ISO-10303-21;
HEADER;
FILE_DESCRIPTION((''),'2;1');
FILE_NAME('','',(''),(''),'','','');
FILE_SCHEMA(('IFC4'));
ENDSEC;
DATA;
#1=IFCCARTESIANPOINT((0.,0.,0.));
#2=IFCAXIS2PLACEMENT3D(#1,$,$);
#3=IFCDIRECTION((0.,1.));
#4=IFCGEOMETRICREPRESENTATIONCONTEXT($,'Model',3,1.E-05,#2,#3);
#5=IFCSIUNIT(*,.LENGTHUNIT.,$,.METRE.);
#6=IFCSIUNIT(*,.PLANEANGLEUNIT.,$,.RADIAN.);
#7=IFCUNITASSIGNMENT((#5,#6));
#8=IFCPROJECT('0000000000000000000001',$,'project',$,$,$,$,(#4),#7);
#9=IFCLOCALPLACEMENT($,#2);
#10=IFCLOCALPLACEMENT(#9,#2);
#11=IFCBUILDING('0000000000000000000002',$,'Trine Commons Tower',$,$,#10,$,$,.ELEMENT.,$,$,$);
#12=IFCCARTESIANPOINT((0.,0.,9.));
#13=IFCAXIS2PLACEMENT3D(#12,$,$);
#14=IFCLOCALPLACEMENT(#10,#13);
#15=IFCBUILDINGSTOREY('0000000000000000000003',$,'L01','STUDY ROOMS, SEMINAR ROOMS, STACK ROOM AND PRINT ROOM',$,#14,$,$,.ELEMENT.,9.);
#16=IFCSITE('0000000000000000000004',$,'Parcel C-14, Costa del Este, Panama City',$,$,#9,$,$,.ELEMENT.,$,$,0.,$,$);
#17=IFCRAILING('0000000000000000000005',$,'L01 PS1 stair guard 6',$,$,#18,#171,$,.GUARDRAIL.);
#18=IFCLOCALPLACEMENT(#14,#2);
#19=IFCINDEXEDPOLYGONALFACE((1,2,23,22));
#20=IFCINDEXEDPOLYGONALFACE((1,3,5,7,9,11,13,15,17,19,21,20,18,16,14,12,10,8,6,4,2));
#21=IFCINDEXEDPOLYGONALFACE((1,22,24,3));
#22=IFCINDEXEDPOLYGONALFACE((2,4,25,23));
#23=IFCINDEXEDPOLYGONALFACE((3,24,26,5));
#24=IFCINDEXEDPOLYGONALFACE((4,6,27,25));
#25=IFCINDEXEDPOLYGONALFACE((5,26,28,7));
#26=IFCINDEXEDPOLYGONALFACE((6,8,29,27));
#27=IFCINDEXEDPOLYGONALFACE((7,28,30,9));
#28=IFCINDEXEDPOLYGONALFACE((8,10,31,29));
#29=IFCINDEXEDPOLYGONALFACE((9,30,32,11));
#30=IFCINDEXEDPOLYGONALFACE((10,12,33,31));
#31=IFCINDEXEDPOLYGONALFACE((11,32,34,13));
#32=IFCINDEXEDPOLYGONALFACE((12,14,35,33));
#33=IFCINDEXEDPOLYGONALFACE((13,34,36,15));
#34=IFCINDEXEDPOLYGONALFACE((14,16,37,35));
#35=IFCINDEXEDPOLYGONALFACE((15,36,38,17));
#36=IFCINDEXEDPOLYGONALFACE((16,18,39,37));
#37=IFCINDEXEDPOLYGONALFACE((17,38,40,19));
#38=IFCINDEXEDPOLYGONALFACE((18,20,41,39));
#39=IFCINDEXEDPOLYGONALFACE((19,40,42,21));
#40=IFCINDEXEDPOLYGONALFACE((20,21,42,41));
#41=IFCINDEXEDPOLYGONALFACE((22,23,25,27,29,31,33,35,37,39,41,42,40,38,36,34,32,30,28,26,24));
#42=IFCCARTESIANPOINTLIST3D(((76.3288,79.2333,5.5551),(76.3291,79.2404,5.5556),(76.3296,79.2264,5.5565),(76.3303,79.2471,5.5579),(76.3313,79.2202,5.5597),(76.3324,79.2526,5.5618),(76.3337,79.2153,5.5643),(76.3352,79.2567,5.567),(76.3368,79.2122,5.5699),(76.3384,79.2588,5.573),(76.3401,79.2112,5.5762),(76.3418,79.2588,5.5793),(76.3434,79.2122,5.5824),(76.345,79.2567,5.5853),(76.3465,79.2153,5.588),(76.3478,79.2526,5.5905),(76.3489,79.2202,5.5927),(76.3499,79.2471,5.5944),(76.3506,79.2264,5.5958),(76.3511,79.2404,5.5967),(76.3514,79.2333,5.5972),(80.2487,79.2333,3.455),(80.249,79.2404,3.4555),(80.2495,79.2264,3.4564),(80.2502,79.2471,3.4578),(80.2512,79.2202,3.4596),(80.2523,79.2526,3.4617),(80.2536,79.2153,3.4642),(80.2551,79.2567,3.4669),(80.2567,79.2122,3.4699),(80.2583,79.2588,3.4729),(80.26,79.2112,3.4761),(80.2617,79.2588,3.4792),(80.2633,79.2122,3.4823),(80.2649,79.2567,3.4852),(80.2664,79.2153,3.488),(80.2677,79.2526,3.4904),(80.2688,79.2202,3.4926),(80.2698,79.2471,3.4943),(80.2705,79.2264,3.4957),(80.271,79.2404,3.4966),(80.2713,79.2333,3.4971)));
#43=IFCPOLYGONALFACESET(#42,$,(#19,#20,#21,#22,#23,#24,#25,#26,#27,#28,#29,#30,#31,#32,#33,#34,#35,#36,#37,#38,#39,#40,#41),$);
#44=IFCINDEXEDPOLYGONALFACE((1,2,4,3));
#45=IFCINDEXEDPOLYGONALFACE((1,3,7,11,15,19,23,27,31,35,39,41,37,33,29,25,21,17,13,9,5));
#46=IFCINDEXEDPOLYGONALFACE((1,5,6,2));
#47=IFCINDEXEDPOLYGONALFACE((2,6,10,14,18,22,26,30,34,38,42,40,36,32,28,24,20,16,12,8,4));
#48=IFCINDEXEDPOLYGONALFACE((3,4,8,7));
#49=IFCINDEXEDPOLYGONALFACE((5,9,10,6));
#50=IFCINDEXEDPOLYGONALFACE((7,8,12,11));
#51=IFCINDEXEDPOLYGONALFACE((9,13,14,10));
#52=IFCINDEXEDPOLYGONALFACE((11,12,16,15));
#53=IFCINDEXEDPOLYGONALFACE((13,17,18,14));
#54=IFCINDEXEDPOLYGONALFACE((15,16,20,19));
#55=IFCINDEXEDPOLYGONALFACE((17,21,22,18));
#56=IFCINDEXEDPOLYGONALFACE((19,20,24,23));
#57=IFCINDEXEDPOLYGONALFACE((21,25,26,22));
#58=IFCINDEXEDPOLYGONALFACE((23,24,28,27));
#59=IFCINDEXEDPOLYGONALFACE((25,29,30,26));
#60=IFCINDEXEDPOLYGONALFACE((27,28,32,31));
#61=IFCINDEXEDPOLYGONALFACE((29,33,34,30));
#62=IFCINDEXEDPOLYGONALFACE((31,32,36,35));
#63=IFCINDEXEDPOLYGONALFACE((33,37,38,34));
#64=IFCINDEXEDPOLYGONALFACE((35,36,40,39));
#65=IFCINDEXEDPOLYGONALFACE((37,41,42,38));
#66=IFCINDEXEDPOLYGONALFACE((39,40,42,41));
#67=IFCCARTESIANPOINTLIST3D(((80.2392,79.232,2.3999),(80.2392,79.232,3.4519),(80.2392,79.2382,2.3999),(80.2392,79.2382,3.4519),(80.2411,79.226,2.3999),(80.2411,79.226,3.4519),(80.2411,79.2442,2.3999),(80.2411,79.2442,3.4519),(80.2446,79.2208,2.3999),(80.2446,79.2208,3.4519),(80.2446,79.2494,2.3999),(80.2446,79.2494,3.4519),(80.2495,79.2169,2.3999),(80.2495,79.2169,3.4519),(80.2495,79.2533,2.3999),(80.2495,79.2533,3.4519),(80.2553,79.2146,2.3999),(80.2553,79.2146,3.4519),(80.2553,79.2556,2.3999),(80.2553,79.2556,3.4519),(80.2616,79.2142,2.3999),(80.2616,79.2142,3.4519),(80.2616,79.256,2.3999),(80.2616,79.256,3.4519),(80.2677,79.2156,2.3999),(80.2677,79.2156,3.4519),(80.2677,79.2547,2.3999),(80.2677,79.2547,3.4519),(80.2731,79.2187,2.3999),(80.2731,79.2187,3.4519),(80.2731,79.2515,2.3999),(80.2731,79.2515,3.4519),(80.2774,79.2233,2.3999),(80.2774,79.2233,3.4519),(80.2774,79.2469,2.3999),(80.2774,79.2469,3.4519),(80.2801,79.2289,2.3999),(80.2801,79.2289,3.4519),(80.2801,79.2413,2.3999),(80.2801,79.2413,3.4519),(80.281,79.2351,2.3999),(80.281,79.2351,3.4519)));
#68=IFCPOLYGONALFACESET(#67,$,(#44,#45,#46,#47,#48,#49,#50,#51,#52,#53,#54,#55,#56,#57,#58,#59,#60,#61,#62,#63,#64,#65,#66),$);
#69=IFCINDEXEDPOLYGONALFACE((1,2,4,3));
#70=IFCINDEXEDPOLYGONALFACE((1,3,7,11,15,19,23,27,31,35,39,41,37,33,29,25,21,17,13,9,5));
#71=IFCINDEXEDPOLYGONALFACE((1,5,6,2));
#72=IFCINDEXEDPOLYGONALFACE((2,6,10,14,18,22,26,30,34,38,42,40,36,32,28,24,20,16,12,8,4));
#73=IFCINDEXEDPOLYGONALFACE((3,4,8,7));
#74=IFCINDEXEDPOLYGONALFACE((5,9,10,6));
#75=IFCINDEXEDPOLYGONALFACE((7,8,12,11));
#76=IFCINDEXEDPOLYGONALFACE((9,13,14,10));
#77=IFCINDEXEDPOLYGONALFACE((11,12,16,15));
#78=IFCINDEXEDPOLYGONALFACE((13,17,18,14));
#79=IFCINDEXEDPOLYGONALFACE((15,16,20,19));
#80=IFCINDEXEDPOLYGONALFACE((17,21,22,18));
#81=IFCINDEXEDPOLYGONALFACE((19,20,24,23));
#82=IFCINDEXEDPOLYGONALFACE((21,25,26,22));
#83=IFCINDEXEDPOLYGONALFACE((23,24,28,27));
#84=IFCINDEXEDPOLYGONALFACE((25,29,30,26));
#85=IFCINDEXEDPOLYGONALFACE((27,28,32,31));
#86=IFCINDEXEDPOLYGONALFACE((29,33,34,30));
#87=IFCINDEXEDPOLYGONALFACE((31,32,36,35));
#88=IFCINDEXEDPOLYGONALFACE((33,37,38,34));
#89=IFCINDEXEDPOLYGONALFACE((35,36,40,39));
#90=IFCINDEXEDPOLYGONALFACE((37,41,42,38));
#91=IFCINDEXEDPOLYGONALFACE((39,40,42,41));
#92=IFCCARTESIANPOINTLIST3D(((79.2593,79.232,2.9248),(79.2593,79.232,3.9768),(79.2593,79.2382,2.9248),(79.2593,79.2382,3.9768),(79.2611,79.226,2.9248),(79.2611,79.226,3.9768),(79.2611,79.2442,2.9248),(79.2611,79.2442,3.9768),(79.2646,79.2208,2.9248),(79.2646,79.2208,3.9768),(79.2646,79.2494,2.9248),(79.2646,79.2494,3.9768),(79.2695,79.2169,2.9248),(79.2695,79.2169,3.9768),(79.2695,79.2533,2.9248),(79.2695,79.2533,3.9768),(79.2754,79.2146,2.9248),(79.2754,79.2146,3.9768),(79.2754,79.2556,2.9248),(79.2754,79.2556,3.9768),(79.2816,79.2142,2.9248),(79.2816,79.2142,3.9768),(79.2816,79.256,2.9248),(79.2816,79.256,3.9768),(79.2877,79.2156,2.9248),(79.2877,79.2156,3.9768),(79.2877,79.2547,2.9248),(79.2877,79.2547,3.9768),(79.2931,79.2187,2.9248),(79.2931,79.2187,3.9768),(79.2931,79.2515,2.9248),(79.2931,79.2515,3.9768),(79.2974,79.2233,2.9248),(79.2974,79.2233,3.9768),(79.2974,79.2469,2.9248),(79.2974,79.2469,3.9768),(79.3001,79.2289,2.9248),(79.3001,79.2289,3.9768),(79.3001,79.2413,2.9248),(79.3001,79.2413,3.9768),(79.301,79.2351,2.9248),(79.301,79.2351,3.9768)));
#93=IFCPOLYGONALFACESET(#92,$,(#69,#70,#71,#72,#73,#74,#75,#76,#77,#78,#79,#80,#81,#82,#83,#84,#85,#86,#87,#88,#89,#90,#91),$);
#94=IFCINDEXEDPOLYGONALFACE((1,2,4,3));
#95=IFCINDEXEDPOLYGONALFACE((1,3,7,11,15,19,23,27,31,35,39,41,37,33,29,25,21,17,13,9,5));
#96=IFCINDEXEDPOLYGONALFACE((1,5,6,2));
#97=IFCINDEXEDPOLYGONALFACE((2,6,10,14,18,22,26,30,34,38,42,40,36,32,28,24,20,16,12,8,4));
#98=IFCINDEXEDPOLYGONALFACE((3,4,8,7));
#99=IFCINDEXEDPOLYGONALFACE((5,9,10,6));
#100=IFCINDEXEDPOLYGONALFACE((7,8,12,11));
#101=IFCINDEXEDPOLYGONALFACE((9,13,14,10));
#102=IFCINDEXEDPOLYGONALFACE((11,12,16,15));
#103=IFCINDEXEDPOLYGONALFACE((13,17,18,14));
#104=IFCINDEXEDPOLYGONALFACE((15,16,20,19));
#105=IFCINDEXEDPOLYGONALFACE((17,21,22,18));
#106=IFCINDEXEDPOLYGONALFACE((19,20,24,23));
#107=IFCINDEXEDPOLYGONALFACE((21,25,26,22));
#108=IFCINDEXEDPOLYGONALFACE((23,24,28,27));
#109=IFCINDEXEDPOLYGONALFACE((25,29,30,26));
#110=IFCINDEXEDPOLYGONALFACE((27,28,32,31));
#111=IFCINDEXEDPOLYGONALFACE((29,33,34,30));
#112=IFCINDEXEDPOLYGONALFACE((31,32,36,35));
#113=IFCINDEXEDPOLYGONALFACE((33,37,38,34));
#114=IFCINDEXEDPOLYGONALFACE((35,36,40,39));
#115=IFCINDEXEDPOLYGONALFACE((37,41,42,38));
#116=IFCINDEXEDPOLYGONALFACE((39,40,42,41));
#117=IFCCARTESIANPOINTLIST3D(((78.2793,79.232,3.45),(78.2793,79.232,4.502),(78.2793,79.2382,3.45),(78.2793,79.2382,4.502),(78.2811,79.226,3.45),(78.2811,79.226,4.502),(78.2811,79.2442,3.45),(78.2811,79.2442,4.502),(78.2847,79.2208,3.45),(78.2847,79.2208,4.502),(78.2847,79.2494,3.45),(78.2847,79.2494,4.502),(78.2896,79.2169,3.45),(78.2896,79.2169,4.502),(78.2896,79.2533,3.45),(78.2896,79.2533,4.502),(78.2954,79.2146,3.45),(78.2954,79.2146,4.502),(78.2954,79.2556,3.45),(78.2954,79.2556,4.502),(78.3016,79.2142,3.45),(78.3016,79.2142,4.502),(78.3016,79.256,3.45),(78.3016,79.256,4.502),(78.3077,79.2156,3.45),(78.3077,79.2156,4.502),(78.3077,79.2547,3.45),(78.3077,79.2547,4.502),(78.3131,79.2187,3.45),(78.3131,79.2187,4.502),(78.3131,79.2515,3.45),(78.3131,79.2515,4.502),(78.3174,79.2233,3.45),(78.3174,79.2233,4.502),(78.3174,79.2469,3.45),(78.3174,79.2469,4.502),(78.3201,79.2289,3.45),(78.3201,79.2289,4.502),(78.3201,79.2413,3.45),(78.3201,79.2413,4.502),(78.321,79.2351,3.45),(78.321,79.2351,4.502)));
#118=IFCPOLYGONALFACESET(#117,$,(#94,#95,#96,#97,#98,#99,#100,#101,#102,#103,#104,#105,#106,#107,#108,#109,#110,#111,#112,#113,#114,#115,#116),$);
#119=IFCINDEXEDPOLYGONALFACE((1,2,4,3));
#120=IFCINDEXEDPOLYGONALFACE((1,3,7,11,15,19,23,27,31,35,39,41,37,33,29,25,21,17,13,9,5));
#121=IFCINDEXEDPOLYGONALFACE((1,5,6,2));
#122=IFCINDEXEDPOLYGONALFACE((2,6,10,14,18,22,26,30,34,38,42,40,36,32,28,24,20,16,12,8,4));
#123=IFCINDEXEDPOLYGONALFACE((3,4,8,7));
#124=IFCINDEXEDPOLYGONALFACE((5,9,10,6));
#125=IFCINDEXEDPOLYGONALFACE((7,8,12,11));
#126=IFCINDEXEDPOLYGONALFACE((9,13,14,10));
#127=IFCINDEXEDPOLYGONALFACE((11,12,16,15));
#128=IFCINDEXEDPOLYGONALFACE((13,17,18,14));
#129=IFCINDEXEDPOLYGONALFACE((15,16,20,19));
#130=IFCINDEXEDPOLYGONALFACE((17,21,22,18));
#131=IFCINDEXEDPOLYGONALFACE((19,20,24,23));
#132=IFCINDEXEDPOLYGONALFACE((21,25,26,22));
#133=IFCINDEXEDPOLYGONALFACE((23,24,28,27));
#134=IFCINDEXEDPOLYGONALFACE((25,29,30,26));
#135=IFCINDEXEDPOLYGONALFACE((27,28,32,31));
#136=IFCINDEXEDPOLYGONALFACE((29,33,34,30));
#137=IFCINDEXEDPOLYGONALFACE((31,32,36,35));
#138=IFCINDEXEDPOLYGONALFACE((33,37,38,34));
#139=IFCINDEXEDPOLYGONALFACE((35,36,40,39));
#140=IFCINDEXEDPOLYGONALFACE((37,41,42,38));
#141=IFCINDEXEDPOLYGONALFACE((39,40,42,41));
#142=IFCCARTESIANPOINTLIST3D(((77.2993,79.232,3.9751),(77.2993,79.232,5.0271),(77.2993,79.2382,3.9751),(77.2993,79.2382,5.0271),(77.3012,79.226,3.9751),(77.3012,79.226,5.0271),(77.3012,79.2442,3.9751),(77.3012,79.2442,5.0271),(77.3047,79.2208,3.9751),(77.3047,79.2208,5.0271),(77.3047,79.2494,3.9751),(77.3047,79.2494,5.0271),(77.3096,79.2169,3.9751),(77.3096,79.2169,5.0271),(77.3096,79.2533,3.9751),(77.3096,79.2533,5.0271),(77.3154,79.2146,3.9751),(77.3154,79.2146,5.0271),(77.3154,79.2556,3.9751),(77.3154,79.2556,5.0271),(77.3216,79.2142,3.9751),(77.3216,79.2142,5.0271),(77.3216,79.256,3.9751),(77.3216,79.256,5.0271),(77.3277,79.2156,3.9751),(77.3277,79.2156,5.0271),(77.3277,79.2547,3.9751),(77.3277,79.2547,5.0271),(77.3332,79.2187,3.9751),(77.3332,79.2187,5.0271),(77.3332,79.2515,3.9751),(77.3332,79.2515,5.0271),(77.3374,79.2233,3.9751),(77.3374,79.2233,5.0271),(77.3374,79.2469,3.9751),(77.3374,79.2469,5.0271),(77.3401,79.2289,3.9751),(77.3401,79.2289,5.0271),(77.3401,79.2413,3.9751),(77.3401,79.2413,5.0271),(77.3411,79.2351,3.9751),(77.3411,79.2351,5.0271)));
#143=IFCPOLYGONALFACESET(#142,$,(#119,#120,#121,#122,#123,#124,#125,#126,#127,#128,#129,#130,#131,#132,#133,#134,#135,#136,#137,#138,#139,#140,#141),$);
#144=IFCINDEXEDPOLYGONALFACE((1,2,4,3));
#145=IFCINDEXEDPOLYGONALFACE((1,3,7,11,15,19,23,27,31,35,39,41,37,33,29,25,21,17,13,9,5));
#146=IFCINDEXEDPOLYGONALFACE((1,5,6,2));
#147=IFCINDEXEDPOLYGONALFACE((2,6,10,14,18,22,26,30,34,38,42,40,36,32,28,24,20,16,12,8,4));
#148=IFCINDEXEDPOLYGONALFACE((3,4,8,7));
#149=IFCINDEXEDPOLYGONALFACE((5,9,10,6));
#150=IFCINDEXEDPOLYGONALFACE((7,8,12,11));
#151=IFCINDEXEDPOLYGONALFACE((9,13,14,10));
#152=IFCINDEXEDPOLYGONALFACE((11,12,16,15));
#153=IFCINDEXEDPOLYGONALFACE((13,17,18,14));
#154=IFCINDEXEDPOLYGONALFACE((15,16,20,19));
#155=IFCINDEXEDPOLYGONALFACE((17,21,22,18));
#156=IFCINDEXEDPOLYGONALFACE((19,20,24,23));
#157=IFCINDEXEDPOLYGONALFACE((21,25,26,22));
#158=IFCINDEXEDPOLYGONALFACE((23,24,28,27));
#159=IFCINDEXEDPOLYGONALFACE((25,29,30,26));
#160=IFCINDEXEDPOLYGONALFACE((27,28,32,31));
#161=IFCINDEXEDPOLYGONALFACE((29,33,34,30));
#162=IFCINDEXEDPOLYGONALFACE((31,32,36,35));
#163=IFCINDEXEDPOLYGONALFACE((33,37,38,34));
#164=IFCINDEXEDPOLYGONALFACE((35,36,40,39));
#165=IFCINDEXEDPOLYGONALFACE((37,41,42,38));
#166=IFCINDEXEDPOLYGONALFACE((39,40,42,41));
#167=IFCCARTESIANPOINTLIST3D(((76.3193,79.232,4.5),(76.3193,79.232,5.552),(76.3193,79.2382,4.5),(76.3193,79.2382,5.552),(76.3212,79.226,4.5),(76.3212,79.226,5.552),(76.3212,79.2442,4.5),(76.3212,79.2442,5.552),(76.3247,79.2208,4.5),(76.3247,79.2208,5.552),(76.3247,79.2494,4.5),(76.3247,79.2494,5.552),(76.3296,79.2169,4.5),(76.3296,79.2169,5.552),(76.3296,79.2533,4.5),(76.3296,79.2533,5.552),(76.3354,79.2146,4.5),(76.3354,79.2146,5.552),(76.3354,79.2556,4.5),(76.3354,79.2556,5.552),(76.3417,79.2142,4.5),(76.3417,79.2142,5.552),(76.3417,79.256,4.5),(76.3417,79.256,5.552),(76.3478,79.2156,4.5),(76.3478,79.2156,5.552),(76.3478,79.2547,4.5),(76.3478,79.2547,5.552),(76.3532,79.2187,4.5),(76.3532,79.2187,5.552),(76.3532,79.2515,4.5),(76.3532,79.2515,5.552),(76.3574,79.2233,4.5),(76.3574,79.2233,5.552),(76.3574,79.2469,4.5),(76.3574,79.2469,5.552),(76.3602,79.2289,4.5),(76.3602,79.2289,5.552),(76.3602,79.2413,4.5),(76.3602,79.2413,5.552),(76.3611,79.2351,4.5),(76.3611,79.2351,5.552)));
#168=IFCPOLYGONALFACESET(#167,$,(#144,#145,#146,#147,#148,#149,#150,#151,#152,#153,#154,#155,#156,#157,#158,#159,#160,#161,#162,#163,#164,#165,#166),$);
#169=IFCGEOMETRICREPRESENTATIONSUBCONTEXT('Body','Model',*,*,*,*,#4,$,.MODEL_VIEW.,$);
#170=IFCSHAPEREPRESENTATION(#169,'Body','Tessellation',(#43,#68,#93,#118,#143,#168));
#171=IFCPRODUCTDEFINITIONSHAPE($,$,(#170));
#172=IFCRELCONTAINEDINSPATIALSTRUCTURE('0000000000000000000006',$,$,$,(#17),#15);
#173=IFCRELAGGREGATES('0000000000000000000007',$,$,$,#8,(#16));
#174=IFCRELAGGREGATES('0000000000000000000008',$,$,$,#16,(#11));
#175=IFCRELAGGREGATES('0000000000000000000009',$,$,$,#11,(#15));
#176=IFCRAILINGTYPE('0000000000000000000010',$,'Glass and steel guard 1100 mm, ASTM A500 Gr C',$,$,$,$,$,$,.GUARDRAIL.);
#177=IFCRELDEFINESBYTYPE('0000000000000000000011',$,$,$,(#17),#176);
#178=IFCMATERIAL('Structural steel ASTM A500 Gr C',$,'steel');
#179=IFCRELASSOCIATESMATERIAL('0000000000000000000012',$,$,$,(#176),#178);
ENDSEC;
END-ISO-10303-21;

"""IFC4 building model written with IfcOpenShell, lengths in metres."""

from ifc_helpers import new_model, si_unit, direction, frame, origin, origin_2d, place, context, subcontext, project, spatial, circle, extrude, material, type_object, element, save


model = new_model("IFC4")

# Units and contexts
model_context = context("Model", 3, precision=1e-05, world=origin(), true_north=direction((0.0, 1.0)))
body_context = subcontext(model_context, "Body", "Model", "MODEL_VIEW")
ifc_project = project(units=[si_unit("LENGTHUNIT", "METRE"), si_unit("PLANEANGLEUNIT", "RADIAN")], contexts=[model_context])

# Site, building, storey
site_placement = place(None, origin())
site = spatial("IfcSite", under=ifc_project, at=site_placement, Name="Parcel C-14, Costa del Este, Panama City", CompositionType="ELEMENT", RefElevation=0.0)
building_placement = place(site_placement, origin())
building = spatial("IfcBuilding", under=site, at=building_placement, Name="Trine Commons Tower", CompositionType="ELEMENT")
storey_placement = place(building_placement, frame((0.0, 0.0, 9.0)))
storey = spatial("IfcBuildingStorey", under=building, at=storey_placement, Name="L01", Description="STUDY ROOMS, SEMINAR ROOMS, STACK ROOM AND PRINT ROOM", CompositionType="ELEMENT", Elevation=9.0)

# Railing
ifc_material_1 = material(Name="Structural steel ASTM A500 Gr C", Category="steel")
railing_type_1 = type_object("IfcRailingType", Name="Glass and steel guard 1100 mm, ASTM A500 Gr C", PredefinedType="GUARDRAIL", material=ifc_material_1)
railing_1_placement = place(storey_placement, frame((80.26, 79.2351, 2.3999)))
element("IfcRailing", 1, at=railing_1_placement, inside=storey, type_object=railing_type_1, Name="L01 PS1 stair guard 6", PredefinedType="GUARDRAIL", context=body_context, shape_type="SweptSolid", body=[
    extrude(circle(Radius=0.0239, at=origin_2d()), frame((0.0, 0.0, 1.0762), z_axis=(-0.881467, 0.0, 0.472246), x_axis=(0.0, -1.0, 0.0)), (0.0, 0.0, 1.0), 4.447),
    extrude(circle(Radius=0.021, at=origin_2d()), origin(), (0.0, 0.0, 1.0), 1.052),
    extrude(circle(Radius=0.021, at=origin_2d()), frame((-0.98, 0.0, 0.5249)), (0.0, 0.0, 1.0), 1.052),
    extrude(circle(Radius=0.021, at=origin_2d()), frame((-1.96, 0.0, 1.05)), (0.0, 0.0, 1.0), 1.052),
    extrude(circle(Radius=0.021, at=origin_2d()), frame((-2.9399, 0.0, 1.5752)), (0.0, 0.0, 1.0), 1.052),
    extrude(circle(Radius=0.021, at=origin_2d()), frame((-3.9199, 0.0, 2.1001)), (0.0, 0.0, 1.0), 1.052),
])

save(model, "model.ifc")
